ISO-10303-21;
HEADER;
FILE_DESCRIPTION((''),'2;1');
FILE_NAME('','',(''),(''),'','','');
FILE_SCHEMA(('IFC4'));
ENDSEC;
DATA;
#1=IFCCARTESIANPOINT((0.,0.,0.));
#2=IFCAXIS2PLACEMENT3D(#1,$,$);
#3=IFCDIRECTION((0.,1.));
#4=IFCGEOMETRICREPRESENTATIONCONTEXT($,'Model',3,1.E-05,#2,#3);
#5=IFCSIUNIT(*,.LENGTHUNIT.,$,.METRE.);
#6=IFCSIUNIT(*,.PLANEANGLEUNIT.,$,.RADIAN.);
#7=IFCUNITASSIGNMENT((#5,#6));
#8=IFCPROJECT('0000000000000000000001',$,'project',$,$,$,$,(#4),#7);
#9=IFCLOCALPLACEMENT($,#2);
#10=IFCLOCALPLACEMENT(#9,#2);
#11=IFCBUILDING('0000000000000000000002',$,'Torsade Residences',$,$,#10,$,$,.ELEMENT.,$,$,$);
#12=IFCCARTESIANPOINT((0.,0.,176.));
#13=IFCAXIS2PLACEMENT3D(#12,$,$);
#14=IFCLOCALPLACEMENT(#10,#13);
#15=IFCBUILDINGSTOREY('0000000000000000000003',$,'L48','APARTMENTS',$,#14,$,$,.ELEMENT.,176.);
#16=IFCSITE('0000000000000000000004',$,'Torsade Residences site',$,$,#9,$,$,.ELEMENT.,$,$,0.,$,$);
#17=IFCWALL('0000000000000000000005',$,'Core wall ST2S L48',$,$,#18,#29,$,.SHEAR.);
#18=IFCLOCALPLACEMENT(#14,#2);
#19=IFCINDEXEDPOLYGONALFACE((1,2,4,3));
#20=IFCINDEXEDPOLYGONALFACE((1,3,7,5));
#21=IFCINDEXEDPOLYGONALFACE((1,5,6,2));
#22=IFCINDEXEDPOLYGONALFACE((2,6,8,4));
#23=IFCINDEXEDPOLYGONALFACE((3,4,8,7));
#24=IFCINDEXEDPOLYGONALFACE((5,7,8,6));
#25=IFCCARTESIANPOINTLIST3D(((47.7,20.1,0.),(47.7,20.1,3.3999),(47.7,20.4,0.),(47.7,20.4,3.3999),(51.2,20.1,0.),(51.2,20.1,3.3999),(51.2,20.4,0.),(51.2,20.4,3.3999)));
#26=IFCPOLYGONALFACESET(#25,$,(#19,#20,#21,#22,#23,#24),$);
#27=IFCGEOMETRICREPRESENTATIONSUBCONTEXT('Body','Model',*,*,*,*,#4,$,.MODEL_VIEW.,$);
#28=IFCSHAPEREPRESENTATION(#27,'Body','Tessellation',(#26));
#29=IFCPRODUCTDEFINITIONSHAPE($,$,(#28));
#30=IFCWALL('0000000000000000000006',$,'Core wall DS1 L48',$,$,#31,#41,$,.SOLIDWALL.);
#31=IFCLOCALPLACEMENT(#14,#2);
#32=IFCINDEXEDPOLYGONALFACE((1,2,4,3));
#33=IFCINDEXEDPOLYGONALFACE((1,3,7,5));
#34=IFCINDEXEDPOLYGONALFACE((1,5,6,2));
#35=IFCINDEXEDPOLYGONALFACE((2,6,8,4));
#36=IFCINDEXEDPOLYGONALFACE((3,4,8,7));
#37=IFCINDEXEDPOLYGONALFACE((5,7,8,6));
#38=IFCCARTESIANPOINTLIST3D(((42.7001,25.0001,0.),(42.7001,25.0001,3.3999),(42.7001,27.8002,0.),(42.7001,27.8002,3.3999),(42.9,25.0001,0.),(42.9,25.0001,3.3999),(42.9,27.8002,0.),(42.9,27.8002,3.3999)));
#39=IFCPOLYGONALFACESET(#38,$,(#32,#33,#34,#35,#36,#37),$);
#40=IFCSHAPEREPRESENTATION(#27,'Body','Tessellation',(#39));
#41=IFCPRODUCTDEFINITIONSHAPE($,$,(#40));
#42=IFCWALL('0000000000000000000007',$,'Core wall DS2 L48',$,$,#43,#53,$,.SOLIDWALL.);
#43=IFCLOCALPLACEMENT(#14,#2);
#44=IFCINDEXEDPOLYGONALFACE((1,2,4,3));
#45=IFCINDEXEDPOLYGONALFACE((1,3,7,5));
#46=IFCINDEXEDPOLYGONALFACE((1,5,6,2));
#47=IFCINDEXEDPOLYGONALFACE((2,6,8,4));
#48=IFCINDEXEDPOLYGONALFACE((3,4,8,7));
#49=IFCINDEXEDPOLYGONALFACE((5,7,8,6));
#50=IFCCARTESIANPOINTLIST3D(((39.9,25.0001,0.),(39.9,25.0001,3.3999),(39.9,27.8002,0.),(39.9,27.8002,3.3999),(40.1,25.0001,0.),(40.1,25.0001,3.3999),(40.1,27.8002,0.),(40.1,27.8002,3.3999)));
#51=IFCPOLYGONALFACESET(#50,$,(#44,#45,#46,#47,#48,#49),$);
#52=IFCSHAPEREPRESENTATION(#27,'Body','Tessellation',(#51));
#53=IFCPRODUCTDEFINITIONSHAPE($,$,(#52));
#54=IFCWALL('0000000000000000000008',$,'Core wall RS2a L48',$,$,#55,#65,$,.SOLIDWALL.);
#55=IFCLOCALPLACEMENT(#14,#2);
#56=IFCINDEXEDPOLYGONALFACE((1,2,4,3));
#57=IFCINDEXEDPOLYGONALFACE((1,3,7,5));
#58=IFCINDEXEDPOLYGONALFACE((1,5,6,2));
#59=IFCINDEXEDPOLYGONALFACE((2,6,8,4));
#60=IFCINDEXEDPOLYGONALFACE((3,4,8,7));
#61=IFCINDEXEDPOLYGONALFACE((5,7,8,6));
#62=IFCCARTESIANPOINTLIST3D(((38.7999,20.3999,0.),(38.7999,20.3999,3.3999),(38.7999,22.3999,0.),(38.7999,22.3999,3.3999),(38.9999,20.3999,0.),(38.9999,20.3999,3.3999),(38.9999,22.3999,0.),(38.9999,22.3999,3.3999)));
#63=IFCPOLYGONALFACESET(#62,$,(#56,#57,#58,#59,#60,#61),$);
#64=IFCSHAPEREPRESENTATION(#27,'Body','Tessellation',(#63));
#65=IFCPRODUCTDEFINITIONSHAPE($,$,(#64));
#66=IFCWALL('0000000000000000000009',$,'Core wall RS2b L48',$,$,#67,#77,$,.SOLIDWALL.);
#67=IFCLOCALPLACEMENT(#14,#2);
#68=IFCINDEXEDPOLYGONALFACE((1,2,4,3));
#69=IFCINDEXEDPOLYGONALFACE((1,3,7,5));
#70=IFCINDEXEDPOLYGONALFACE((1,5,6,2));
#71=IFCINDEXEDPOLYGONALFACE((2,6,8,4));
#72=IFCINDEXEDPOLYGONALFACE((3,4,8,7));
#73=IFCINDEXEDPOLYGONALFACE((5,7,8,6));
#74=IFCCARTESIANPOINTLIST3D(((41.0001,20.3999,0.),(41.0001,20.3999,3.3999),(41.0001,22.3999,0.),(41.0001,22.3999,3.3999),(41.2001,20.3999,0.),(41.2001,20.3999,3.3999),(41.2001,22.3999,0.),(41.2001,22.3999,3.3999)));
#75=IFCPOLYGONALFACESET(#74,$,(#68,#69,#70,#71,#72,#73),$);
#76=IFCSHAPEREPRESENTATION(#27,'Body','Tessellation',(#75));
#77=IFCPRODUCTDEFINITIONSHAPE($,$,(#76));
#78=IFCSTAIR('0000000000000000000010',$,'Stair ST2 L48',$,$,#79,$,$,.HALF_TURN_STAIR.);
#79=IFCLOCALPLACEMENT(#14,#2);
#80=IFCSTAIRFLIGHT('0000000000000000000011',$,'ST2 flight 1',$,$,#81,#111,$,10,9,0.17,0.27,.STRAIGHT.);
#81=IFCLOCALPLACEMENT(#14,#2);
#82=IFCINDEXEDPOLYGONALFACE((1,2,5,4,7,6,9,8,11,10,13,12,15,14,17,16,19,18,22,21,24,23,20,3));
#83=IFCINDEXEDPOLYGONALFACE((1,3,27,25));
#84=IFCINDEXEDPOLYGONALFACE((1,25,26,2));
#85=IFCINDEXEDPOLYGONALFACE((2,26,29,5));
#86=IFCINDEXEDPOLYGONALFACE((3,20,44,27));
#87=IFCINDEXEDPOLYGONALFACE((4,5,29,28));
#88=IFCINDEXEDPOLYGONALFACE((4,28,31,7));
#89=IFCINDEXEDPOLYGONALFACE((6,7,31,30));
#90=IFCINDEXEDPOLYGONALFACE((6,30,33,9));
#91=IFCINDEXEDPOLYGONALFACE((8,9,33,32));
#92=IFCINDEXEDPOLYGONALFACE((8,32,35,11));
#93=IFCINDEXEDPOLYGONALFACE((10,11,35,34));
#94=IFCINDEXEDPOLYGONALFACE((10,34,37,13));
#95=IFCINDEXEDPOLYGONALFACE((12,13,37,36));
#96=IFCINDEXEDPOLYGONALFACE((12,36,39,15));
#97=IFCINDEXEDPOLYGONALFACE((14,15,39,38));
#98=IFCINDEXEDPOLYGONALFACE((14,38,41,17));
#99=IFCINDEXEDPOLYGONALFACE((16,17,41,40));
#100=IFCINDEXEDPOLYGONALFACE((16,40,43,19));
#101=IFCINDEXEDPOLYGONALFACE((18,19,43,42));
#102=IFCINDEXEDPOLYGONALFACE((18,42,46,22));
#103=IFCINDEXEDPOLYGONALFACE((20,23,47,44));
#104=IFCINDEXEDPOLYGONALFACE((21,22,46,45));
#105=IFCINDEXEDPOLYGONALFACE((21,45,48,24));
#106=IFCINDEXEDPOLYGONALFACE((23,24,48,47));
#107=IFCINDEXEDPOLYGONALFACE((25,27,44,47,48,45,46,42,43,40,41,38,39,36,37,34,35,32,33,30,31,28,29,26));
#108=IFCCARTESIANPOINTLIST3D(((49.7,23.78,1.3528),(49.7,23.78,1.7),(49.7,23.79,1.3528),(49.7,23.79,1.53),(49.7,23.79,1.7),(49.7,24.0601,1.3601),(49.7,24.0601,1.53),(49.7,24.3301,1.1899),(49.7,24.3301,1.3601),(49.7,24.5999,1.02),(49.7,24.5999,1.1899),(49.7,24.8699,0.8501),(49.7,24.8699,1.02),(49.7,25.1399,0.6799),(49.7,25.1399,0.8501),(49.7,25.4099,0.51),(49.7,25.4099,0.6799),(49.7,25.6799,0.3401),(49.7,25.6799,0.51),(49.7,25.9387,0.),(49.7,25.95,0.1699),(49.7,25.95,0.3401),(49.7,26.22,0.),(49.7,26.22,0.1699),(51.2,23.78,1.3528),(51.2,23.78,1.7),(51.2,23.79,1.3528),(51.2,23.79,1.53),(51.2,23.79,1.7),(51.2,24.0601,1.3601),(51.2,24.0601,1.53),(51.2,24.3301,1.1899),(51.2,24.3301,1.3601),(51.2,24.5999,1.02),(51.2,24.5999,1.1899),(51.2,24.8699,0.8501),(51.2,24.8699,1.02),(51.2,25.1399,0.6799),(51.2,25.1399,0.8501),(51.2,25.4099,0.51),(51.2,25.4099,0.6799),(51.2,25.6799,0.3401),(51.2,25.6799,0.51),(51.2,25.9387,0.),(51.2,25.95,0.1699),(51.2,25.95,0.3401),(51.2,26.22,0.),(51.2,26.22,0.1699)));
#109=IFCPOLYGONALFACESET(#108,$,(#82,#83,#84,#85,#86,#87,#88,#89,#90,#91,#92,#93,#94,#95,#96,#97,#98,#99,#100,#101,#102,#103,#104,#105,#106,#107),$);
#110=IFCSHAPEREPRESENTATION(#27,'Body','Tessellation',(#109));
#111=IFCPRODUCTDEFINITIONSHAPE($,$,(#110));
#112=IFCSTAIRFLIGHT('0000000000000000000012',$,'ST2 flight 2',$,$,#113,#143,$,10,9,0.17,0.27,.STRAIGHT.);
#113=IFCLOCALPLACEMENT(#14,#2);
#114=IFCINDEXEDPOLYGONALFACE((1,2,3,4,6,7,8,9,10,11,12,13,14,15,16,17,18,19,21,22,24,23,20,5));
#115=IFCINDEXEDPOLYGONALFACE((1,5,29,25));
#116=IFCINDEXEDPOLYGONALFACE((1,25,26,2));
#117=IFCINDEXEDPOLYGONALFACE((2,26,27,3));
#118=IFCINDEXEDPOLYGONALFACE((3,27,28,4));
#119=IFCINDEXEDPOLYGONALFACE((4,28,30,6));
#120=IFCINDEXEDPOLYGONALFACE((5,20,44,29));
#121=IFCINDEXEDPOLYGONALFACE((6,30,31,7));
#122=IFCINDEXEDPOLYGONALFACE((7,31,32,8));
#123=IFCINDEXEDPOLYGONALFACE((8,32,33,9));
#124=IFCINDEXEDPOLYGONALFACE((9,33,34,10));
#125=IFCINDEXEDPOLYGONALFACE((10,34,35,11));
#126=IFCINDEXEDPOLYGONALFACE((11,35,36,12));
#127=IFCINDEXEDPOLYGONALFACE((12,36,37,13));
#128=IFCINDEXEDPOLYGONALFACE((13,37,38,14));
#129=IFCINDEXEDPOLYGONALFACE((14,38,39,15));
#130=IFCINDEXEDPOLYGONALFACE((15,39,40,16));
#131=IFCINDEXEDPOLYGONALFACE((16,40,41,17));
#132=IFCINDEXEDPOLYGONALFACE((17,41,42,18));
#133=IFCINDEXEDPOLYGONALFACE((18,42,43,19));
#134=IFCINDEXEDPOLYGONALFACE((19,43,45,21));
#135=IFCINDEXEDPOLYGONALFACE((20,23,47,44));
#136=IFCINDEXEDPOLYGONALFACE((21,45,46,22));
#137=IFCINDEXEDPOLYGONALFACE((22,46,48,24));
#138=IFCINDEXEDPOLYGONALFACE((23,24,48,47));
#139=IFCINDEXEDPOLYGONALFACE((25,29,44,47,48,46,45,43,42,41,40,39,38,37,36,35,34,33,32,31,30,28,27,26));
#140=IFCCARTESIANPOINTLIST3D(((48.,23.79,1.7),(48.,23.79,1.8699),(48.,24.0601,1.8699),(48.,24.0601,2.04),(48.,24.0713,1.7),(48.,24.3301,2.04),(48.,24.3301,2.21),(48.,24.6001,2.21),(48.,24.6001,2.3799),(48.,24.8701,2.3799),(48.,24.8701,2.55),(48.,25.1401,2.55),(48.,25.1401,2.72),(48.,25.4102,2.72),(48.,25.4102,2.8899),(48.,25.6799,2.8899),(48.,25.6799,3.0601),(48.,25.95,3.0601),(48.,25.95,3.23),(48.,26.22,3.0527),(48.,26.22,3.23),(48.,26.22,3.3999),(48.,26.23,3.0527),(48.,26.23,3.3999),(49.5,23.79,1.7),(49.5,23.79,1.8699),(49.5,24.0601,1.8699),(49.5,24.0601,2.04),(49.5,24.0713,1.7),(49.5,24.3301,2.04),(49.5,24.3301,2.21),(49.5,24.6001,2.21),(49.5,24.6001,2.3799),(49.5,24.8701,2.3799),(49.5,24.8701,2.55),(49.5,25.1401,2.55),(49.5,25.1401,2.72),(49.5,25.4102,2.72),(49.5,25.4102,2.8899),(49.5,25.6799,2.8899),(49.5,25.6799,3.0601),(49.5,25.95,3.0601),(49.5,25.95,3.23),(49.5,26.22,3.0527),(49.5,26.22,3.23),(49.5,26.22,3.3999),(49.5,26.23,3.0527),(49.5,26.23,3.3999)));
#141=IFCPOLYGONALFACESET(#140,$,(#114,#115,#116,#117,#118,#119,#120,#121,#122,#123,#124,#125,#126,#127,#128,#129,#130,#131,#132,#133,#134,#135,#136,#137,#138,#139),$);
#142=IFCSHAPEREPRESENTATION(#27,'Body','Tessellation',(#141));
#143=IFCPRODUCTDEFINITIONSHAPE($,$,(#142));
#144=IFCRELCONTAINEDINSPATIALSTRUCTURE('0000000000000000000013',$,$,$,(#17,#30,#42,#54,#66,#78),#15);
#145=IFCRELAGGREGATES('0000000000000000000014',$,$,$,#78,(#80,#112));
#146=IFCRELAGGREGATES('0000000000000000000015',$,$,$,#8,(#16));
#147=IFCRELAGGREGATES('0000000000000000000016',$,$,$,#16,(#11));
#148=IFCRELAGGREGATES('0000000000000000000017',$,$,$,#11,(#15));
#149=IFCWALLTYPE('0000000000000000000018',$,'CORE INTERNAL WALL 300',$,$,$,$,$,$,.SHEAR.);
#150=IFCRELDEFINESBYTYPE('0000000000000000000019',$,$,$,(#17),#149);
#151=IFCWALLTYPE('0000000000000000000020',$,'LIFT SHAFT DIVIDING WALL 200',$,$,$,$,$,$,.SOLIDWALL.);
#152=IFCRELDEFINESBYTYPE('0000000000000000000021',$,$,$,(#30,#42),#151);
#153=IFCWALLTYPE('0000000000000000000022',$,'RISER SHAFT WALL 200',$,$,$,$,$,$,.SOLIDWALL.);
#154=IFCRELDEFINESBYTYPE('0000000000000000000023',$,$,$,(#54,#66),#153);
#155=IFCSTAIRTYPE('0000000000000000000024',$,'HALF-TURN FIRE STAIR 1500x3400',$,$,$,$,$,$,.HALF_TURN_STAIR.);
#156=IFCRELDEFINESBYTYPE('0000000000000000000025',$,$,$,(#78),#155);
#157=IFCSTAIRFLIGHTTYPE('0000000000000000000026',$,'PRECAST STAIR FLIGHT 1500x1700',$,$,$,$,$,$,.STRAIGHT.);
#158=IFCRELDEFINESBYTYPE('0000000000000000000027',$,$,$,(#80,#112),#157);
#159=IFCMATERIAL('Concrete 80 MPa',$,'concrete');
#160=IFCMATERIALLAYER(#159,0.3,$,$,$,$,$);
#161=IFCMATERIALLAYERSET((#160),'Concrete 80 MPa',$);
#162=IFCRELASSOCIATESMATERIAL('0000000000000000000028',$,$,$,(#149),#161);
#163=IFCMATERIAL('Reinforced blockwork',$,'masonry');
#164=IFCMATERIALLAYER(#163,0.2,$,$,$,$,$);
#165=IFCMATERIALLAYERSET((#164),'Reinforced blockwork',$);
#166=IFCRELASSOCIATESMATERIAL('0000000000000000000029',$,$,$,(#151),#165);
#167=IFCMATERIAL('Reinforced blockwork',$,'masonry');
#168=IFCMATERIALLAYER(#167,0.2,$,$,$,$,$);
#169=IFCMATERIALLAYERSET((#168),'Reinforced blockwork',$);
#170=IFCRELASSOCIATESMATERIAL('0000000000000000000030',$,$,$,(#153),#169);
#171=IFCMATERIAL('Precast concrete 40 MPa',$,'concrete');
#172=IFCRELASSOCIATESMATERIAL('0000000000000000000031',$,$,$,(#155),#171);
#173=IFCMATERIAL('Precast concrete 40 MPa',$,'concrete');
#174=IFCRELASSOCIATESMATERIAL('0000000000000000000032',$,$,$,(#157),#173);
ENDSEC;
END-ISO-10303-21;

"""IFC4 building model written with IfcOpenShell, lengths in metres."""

from ifc_helpers import new_model, si_unit, direction, frame, frame_2d, origin, place, context, subcontext, project, spatial, polyline, rectangle, outline, extrude, material, layer, layer_set, type_object, element, aggregate, save


model = new_model("IFC4")

# Units and contexts
model_context = context("Model", 3, precision=1e-05, world=origin(), true_north=direction((0.0, 1.0)))
body_context = subcontext(model_context, "Body", "Model", "MODEL_VIEW")
ifc_project = project(units=[si_unit("LENGTHUNIT", "METRE"), si_unit("PLANEANGLEUNIT", "RADIAN")], contexts=[model_context])

# Site, building, storey
site_placement = place(None, origin())
site = spatial("IfcSite", under=ifc_project, at=site_placement, Name="Torsade Residences site", CompositionType="ELEMENT", RefElevation=0.0)
building_placement = place(site_placement, origin())
building = spatial("IfcBuilding", under=site, at=building_placement, Name="Torsade Residences", CompositionType="ELEMENT")
storey_placement = place(building_placement, frame((0.0, 0.0, 176.0)))
storey = spatial("IfcBuildingStorey", under=building, at=storey_placement, Name="L48", Description="APARTMENTS", CompositionType="ELEMENT", Elevation=176.0)

# Shared definitions
ifc_material_1 = material(Name="Concrete 80 MPa", Category="concrete")
ifc_layer_1 = layer(ifc_material_1, 0.3)
ifc_layer_set_1 = layer_set([ifc_layer_1], Name="Concrete 80 MPa")
wall_type_1 = type_object("IfcWallType", Name="CORE INTERNAL WALL 300", PredefinedType="SHEAR", material=ifc_layer_set_1)

# Walls
wall_1_placement = place(storey_placement, frame((51.2, 20.25, 0.0), z_axis=(0.0, 0.0, 1.0), x_axis=(-1.0, 0.0, 0.0)))
element("IfcWall", 1, at=wall_1_placement, inside=storey, type_object=wall_type_1, Name="Core wall ST2S L48", PredefinedType="SHEAR", context=body_context, shape_type="SweptSolid", body=[
    extrude(rectangle(XDim=3.5, YDim=0.3, at=frame_2d((1.75, 0.0))), origin(), (0.0, 0.0, 1.0), 3.3999),
])
ifc_material_2 = material(Name="Reinforced blockwork", Category="masonry")
ifc_layer_2 = layer(ifc_material_2, 0.2)
ifc_layer_set_2 = layer_set([ifc_layer_2], Name="Reinforced blockwork")
wall_type_2 = type_object("IfcWallType", Name="LIFT SHAFT DIVIDING WALL 200", PredefinedType="SOLIDWALL", material=ifc_layer_set_2)
for number, where, z_axis, x_axis, name in (
    (2, (42.8, 27.8, 0.0), (0.0, 0.0, 1.0), (0.0, -1.0, 0.0), "Core wall DS1 L48"),
    (3, (40.0, 27.8, 0.0), (0.0, 0.0, 1.0), (0.0, -1.0, 0.0), "Core wall DS2 L48"),
):
    element("IfcWall", number, at=place(storey_placement, frame(where, z_axis=z_axis, x_axis=x_axis)), inside=storey, type_object=wall_type_2, Name=name, PredefinedType="SOLIDWALL", context=body_context, shape_type="SweptSolid", body=[
        extrude(rectangle(XDim=2.8, YDim=0.2, at=frame_2d((1.3999, 0.0))), origin(), (0.0, 0.0, 1.0), 3.3999),
    ])
ifc_material_3 = material(Name="Reinforced blockwork", Category="masonry")
ifc_layer_3 = layer(ifc_material_3, 0.2)
ifc_layer_set_3 = layer_set([ifc_layer_3], Name="Reinforced blockwork")
wall_type_3 = type_object("IfcWallType", Name="RISER SHAFT WALL 200", PredefinedType="SOLIDWALL", material=ifc_layer_set_3)
for number, where, z_axis, x_axis, name in (
    (4, (38.8999, 22.3999, 0.0), (0.0, 0.0, 1.0), (0.0, -1.0, 0.0), "Core wall RS2a L48"),
    (5, (41.1001, 22.3999, 0.0), (0.0, 0.0, 1.0), (0.0, -1.0, 0.0), "Core wall RS2b L48"),
):
    element("IfcWall", number, at=place(storey_placement, frame(where, z_axis=z_axis, x_axis=x_axis)), inside=storey, type_object=wall_type_3, Name=name, PredefinedType="SOLIDWALL", context=body_context, shape_type="SweptSolid", body=[
        extrude(rectangle(XDim=2.0, YDim=0.2, at=frame_2d((1.0, 0.0))), origin(), (0.0, 0.0, 1.0), 3.3999),
    ])

# Stair, stair flights
ifc_material_4 = material(Name="Precast concrete 40 MPa", Category="concrete")
stair_type = type_object("IfcStairType", Name="HALF-TURN FIRE STAIR 1500x3400", PredefinedType="HALF_TURN_STAIR", material=ifc_material_4)
stair_placement = place(storey_placement, origin())
stair = element("IfcStair", 6, at=stair_placement, inside=storey, type_object=stair_type, Name="Stair ST2 L48", PredefinedType="HALF_TURN_STAIR")
ifc_material_5 = material(Name="Precast concrete 40 MPa", Category="concrete")
stair_flight_type = type_object("IfcStairFlightType", Name="PRECAST STAIR FLIGHT 1500x1700", PredefinedType="STRAIGHT", material=ifc_material_5)
stair_flight_1_placement = place(storey_placement, frame((50.45, 26.22, 0.0), z_axis=(0.0, 0.0, 1.0), x_axis=(0.0, -1.0, 0.0)))
stair_flight_1 = element("IfcStairFlight", 7, at=stair_flight_1_placement, type_object=stair_flight_type, Name="ST2 flight 1", NumberOfRisers=10, NumberOfTreads=9, PredefinedType="STRAIGHT", RiserHeight=0.17, TreadLength=0.27, context=body_context, shape_type="SweptSolid", body=[
    extrude(outline(polyline([(0.0, 0.0), (0.0, 0.1699), (0.27, 0.1699), (0.27, 0.3401), (0.54, 0.3401), (0.54, 0.51), (0.8101, 0.51), (0.8101, 0.6799), (1.0801, 0.6799), (1.0801, 0.8501), (1.3501, 0.8501), (1.3501, 1.02), (1.6201, 1.02), (1.6201, 1.1899), (1.8899, 1.1899), (1.8899, 1.3601), (2.1599, 1.3601), (2.1599, 1.53), (2.4299, 1.53), (2.4299, 1.7), (2.4399, 1.7), (2.4399, 1.3528), (2.4299, 1.3528), (0.2812, 0.0), (0.0, 0.0)])), frame((0.0, 0.75, 0.0), z_axis=(0.0, -1.0, 0.0), x_axis=(1.0, 0.0, 0.0)), (0.0, 0.0, 1.0), 1.5),
])
stair_flight_2_placement = place(storey_placement, frame((48.75, 23.79, 1.7), z_axis=(0.0, 0.0, 1.0), x_axis=(0.0, 1.0, 0.0)))
stair_flight_2 = element("IfcStairFlight", 8, at=stair_flight_2_placement, type_object=stair_flight_type, Name="ST2 flight 2", NumberOfRisers=10, NumberOfTreads=9, PredefinedType="STRAIGHT", RiserHeight=0.17, TreadLength=0.27, context=body_context, shape_type="SweptSolid", body=[
    extrude(outline(polyline([(0.0, 0.0), (0.0, 0.1699), (0.27, 0.1699), (0.27, 0.3401), (0.54, 0.3401), (0.54, 0.51), (0.8101, 0.51), (0.8101, 0.6799), (1.0801, 0.6799), (1.0801, 0.8501), (1.3501, 0.8501), (1.3501, 1.02), (1.6201, 1.02), (1.6201, 1.1899), (1.8899, 1.1899), (1.8899, 1.3601), (2.1599, 1.3601), (2.1599, 1.53), (2.4299, 1.53), (2.4299, 1.7), (2.4399, 1.7), (2.4399, 1.3528), (2.4299, 1.3528), (0.2812, 0.0), (0.0, 0.0)])), frame((0.0, 0.75, 0.0), z_axis=(0.0, -1.0, 0.0), x_axis=(1.0, 0.0, 0.0)), (0.0, 0.0, 1.0), 1.5),
])
aggregate(stair, [stair_flight_1, stair_flight_2])

save(model, "model.ifc")
